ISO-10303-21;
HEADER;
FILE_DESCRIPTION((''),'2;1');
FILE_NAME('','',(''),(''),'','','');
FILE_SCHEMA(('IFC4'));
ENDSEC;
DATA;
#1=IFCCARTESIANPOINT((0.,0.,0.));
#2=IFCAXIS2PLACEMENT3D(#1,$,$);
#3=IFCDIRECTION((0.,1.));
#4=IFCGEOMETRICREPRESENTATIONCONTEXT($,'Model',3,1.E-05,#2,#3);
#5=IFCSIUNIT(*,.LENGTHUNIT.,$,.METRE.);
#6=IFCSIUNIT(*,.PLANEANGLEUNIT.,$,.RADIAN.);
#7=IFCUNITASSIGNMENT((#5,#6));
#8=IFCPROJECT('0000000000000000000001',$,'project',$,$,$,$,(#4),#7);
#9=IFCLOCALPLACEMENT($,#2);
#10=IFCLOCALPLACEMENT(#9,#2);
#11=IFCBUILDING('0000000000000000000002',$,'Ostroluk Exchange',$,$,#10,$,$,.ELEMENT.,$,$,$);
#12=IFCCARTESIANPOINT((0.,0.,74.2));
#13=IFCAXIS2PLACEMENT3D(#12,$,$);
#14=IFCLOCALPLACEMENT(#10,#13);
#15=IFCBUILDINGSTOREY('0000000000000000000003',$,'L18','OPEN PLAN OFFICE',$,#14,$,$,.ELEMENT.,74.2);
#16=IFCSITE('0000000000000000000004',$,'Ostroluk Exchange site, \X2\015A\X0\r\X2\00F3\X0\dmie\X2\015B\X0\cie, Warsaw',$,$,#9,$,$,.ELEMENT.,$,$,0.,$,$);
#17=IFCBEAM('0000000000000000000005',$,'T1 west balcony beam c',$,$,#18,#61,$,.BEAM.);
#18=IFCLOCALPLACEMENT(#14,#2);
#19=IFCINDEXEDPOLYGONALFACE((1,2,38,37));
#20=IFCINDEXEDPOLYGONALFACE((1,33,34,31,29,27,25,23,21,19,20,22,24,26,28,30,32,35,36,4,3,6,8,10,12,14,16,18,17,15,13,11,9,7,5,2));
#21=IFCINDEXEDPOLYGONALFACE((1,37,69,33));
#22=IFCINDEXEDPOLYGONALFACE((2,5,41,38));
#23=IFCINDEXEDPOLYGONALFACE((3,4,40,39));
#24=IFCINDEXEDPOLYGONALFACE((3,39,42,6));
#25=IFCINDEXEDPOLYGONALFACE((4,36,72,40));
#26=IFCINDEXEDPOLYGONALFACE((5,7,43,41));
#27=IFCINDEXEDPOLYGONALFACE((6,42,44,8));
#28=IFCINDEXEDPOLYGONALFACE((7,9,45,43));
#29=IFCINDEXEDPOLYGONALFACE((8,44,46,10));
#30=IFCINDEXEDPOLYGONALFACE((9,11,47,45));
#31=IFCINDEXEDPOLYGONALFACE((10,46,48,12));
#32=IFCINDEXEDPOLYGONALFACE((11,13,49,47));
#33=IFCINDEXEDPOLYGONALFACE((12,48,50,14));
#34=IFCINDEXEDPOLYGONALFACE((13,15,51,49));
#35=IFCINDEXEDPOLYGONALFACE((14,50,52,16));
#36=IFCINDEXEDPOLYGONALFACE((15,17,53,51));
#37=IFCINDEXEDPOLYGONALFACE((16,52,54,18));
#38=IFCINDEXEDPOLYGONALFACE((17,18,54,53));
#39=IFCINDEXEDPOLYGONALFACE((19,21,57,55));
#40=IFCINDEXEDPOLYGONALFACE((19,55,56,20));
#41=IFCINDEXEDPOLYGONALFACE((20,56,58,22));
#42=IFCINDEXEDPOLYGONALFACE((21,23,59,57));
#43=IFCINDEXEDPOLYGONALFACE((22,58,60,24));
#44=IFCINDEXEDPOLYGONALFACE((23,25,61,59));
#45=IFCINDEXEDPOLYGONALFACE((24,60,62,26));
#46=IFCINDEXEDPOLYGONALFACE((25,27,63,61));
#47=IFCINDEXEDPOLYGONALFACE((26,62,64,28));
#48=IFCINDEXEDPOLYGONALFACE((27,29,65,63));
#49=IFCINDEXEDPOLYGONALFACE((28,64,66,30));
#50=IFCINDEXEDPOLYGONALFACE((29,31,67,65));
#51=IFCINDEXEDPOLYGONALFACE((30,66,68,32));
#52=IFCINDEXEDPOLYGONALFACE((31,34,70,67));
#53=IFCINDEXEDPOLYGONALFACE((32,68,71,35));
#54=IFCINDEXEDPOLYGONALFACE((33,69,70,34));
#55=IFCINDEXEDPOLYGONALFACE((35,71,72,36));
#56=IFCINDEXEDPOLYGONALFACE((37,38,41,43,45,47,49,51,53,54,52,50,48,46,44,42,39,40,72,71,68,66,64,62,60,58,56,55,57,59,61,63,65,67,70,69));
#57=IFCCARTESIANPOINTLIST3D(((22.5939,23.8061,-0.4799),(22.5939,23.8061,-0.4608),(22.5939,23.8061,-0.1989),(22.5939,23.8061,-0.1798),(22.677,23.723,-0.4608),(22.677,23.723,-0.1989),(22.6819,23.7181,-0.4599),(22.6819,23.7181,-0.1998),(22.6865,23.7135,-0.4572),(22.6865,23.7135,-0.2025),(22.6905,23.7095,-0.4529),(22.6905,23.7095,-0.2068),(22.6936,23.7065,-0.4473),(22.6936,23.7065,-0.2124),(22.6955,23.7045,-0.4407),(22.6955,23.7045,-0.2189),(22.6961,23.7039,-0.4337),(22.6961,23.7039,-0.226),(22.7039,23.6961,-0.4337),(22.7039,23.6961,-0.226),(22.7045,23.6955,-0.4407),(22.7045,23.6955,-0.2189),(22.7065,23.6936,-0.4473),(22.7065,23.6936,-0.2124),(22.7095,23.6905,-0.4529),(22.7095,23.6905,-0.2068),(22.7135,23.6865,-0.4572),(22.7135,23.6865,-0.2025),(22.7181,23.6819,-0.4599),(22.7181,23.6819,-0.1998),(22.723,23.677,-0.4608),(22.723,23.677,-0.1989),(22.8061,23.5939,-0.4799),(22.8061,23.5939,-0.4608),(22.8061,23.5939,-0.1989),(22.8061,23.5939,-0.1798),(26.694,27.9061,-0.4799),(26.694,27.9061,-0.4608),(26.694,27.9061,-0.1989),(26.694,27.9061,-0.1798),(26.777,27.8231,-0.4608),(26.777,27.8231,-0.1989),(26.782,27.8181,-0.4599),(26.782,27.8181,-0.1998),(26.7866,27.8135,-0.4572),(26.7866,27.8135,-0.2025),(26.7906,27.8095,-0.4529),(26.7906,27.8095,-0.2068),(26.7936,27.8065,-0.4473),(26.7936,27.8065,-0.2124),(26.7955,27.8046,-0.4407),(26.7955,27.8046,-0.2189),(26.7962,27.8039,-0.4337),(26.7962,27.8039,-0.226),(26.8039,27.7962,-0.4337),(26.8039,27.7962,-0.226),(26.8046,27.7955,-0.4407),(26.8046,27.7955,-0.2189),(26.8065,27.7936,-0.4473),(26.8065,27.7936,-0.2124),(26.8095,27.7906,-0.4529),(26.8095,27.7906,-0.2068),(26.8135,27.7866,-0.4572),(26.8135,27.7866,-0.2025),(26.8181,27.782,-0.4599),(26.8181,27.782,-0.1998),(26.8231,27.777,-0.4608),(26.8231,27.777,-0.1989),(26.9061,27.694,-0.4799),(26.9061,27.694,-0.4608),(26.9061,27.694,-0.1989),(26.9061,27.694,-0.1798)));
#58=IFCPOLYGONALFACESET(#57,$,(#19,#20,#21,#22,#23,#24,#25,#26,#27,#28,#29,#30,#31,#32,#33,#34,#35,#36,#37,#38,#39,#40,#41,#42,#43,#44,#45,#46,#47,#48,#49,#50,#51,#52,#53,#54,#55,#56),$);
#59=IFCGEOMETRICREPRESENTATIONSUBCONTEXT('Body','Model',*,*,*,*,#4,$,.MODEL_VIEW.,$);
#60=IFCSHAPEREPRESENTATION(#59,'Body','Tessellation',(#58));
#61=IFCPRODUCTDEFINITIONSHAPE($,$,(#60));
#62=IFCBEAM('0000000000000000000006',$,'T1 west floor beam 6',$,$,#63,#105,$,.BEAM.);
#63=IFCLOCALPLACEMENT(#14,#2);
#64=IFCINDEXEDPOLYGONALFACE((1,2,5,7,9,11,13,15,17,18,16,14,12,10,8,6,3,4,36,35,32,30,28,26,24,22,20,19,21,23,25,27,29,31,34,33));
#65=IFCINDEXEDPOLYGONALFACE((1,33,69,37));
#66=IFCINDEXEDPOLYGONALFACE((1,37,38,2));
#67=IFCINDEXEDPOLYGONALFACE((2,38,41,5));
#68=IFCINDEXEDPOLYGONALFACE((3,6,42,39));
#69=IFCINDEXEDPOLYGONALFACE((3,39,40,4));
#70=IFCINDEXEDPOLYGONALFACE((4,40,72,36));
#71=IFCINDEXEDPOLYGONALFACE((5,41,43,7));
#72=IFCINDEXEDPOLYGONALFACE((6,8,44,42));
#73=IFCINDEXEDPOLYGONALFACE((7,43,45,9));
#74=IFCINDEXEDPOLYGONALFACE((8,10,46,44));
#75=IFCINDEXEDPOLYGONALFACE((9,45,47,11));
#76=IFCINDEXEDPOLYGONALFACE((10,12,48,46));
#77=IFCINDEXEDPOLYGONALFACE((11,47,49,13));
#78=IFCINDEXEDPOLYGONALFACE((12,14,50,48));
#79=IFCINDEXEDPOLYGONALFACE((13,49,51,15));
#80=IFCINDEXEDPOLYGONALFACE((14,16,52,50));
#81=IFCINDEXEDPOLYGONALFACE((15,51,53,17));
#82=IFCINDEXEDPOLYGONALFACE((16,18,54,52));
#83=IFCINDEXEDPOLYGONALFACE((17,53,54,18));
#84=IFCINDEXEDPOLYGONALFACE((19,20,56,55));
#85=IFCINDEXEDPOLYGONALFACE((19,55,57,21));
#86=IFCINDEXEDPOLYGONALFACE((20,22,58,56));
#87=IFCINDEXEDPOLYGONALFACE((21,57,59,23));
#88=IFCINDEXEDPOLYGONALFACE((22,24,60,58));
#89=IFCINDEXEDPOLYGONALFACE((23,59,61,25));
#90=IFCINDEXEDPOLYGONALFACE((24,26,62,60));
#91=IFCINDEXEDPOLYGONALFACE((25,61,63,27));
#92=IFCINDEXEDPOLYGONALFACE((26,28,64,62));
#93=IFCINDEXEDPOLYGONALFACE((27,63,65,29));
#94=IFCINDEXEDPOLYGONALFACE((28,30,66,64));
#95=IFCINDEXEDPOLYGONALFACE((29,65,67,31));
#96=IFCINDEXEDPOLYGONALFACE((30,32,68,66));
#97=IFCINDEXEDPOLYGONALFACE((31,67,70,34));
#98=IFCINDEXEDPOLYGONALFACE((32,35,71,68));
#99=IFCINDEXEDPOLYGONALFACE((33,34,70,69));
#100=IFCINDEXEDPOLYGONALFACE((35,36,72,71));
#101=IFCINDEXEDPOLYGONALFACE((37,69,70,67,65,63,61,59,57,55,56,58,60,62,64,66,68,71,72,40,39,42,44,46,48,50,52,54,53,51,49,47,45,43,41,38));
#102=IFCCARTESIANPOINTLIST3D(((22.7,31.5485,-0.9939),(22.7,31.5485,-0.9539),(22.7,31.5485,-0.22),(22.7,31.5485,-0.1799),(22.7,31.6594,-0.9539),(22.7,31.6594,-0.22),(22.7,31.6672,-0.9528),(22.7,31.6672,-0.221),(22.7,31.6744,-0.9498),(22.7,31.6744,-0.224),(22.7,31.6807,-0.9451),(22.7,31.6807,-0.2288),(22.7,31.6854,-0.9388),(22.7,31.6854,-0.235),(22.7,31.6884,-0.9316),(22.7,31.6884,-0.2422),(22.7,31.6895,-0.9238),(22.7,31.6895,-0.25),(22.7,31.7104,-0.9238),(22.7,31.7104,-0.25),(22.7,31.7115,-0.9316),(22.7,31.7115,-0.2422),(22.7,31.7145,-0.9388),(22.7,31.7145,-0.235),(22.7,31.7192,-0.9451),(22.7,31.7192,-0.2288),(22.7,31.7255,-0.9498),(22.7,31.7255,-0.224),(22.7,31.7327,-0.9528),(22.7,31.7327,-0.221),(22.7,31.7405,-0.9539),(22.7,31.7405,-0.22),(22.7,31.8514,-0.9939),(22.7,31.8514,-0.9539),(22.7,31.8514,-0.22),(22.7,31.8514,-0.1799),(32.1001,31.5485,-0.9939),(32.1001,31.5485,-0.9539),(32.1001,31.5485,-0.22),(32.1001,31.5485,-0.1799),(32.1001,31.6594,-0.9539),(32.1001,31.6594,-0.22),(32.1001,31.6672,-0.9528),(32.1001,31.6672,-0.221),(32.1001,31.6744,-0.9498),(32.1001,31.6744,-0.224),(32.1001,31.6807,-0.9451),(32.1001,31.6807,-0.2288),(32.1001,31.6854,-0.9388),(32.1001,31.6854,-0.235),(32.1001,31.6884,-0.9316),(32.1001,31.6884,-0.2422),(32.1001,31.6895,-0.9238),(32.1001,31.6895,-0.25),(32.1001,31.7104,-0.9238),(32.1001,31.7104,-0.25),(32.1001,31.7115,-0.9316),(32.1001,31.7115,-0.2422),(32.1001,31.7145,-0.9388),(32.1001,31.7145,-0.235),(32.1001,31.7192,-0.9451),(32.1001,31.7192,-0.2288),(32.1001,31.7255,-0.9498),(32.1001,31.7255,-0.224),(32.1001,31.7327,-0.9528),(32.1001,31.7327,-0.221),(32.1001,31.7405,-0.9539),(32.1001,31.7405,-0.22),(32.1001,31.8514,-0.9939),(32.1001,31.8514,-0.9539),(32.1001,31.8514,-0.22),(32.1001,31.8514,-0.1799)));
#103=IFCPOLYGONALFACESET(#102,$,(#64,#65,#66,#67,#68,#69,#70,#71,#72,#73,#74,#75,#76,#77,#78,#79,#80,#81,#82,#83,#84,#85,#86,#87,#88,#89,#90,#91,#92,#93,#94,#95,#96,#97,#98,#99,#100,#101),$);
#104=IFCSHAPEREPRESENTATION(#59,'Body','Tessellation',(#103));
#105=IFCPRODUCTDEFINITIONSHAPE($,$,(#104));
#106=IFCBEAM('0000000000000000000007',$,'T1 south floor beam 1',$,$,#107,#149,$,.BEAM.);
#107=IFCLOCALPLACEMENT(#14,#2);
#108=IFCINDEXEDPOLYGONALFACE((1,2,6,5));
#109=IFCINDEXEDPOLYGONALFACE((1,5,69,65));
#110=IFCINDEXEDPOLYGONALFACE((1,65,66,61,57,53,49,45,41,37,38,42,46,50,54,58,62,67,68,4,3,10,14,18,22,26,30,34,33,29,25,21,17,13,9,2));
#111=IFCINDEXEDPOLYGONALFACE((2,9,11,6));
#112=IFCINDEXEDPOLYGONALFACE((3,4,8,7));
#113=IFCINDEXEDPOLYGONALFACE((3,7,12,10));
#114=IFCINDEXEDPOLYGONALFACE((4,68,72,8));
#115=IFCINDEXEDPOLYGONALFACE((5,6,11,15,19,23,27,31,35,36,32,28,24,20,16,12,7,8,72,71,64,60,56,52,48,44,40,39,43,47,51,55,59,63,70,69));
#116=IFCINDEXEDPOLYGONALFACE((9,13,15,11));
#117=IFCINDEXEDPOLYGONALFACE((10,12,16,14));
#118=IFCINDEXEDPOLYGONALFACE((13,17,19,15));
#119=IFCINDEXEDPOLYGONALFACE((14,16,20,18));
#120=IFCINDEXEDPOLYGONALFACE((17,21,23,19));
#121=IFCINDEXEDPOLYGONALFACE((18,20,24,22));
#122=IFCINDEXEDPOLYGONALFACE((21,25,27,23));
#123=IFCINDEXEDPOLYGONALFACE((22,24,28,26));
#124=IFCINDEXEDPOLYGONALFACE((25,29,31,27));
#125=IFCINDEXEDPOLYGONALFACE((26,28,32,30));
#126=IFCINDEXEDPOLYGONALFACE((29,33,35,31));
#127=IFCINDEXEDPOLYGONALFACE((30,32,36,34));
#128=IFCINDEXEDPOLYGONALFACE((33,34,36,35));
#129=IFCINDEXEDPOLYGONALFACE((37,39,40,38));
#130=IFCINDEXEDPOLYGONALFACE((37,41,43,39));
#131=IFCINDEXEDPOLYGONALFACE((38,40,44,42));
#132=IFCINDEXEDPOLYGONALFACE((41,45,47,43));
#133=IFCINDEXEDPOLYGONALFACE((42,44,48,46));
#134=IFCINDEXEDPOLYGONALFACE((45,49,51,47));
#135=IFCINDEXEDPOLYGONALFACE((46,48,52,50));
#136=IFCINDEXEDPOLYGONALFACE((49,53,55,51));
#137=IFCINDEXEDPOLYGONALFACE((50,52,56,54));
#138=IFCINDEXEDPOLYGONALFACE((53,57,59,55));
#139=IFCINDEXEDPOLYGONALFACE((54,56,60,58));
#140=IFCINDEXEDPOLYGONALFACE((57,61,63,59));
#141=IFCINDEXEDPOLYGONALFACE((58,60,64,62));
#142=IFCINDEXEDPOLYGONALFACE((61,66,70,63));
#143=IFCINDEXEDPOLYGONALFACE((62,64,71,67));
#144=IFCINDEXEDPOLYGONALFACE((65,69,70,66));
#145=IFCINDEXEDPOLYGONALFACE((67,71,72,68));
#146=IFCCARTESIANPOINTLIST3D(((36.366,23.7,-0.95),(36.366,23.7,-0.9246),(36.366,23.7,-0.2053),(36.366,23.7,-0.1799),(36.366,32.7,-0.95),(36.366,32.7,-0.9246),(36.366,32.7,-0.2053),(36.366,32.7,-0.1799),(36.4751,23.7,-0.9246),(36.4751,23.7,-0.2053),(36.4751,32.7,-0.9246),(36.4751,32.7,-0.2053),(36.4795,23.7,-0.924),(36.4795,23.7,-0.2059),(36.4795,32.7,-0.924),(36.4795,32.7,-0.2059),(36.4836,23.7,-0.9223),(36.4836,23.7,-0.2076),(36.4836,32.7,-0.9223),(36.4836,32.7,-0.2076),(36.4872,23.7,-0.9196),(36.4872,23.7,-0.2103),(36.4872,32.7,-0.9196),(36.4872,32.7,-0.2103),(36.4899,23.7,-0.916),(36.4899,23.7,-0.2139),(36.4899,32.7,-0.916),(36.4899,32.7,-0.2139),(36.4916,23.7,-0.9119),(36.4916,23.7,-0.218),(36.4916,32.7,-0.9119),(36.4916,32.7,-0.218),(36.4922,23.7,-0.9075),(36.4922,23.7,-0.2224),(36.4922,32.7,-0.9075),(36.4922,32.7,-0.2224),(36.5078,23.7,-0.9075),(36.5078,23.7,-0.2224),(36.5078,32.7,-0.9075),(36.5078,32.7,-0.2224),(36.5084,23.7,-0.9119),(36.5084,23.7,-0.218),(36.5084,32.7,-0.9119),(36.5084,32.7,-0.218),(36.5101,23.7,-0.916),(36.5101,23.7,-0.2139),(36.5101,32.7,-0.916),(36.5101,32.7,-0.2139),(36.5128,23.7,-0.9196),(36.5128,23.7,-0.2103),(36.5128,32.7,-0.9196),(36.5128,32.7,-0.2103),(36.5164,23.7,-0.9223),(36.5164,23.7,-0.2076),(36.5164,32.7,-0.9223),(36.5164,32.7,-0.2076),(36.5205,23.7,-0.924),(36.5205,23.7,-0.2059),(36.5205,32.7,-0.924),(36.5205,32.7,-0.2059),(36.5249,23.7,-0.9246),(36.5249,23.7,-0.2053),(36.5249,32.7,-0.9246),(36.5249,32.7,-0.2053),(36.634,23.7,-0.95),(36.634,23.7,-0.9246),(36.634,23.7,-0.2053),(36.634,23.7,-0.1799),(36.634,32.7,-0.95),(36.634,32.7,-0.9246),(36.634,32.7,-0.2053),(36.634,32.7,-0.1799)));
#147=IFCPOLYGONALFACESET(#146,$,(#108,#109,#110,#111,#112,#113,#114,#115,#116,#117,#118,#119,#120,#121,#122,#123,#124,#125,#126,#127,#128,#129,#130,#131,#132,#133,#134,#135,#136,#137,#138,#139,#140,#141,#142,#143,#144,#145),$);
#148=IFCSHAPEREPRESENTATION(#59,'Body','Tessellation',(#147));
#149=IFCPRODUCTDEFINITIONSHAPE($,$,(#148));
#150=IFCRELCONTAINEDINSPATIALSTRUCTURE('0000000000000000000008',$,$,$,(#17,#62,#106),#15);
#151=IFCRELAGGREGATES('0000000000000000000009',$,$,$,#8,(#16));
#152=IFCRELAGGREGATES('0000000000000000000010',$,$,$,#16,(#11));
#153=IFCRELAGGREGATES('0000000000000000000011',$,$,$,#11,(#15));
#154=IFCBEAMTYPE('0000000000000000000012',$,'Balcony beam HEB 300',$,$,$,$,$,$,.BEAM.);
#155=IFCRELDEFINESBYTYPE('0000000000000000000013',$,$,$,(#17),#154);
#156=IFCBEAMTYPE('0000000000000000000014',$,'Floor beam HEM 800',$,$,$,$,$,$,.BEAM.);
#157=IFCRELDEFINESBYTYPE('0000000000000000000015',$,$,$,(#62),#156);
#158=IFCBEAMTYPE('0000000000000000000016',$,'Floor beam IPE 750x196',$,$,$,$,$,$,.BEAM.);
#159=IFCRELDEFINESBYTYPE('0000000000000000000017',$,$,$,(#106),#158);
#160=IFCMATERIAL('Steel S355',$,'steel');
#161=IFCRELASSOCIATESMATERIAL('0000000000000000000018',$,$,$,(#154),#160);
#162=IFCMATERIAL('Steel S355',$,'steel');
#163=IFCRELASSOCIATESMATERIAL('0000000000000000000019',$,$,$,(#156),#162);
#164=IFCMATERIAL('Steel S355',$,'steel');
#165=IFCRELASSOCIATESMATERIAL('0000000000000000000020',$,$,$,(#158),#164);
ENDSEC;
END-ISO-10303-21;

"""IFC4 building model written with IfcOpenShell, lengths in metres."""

from ifc_helpers import new_model, si_unit, direction, frame, origin, origin_2d, place, context, subcontext, project, spatial, i_section, extrude, material, material_profile, profile_set, type_object, element, save


model = new_model("IFC4")

# Units and contexts
model_context = context("Model", 3, precision=1e-05, world=origin(), true_north=direction((0.0, 1.0)))
body_context = subcontext(model_context, "Body", "Model", "MODEL_VIEW")
ifc_project = project(units=[si_unit("LENGTHUNIT", "METRE"), si_unit("PLANEANGLEUNIT", "RADIAN")], contexts=[model_context])

# Site, building, storey
site_placement = place(None, origin())
site = spatial("IfcSite", under=ifc_project, at=site_placement, Name="Ostroluk Exchange site, Śródmieście, Warsaw", CompositionType="ELEMENT", RefElevation=0.0)
building_placement = place(site_placement, origin())
building = spatial("IfcBuilding", under=site, at=building_placement, Name="Ostroluk Exchange", CompositionType="ELEMENT")
storey_placement = place(building_placement, frame((0.0, 0.0, 74.2)))
storey = spatial("IfcBuildingStorey", under=building, at=storey_placement, Name="L18", Description="OPEN PLAN OFFICE", CompositionType="ELEMENT", Elevation=74.2)

# Beams
ifc_material_1 = material(Name="Steel S355", Category="steel")
ifc_material_profile_1 = material_profile(ifc_material_1, i_section(OverallWidth=0.3, OverallDepth=0.3, WebThickness=0.011, FlangeThickness=0.019, FilletRadius=0.0271, at=origin_2d()), Name="HEB 300")
ifc_profile_set_1 = profile_set([ifc_material_profile_1], Name="Steel S355")
beam_type_1 = type_object("IfcBeamType", Name="Balcony beam HEB 300", PredefinedType="BEAM", material=ifc_profile_set_1)
beam_1_placement = place(storey_placement, frame((26.8, 27.8, -0.3298), z_axis=(-0.707107, -0.707107, 0.0), x_axis=(0.707107, -0.707107, 0.0)))
element("IfcBeam", 1, at=beam_1_placement, inside=storey, type_object=beam_type_1, Name="T1 west balcony beam c", PredefinedType="BEAM", context=body_context, shape_type="SweptSolid", body=[
    extrude(i_section(OverallWidth=0.3, OverallDepth=0.3, WebThickness=0.011, FlangeThickness=0.019, FilletRadius=0.0271, at=origin_2d()), origin(), (0.0, 0.0, 1.0), 5.7983),
])
ifc_material_2 = material(Name="Steel S355", Category="steel")
ifc_material_profile_2 = material_profile(ifc_material_2, i_section(OverallWidth=0.303, OverallDepth=0.814, WebThickness=0.021, FlangeThickness=0.04, FilletRadius=0.03, at=origin_2d()), Name="HEM 800")
ifc_profile_set_2 = profile_set([ifc_material_profile_2], Name="Steel S355")
beam_type_2 = type_object("IfcBeamType", Name="Floor beam HEM 800", PredefinedType="BEAM", material=ifc_profile_set_2)
beam_2_placement = place(storey_placement, frame((32.1001, 31.7, -0.5869), z_axis=(-1.0, 0.0, 0.0), x_axis=(0.0, -1.0, 0.0)))
element("IfcBeam", 2, at=beam_2_placement, inside=storey, type_object=beam_type_2, Name="T1 west floor beam 6", PredefinedType="BEAM", context=body_context, shape_type="SweptSolid", body=[
    extrude(i_section(OverallWidth=0.303, OverallDepth=0.814, WebThickness=0.021, FlangeThickness=0.04, FilletRadius=0.03, at=origin_2d()), origin(), (0.0, 0.0, 1.0), 9.4001),
])
ifc_material_3 = material(Name="Steel S355", Category="steel")
ifc_material_profile_3 = material_profile(ifc_material_3, i_section(OverallWidth=0.2681, OverallDepth=0.77, WebThickness=0.0156, FlangeThickness=0.0254, FilletRadius=0.0171, at=origin_2d()), Name="IPE 750x196")
ifc_profile_set_3 = profile_set([ifc_material_profile_3], Name="Steel S355")
beam_type_3 = type_object("IfcBeamType", Name="Floor beam IPE 750x196", PredefinedType="BEAM", material=ifc_profile_set_3)
beam_3_placement = place(storey_placement, frame((36.5, 32.7, -0.5649), z_axis=(0.0, -1.0, 0.0), x_axis=(1.0, 0.0, 0.0)))
element("IfcBeam", 3, at=beam_3_placement, inside=storey, type_object=beam_type_3, Name="T1 south floor beam 1", PredefinedType="BEAM", context=body_context, shape_type="SweptSolid", body=[
    extrude(i_section(OverallWidth=0.2681, OverallDepth=0.77, WebThickness=0.0156, FlangeThickness=0.0254, FilletRadius=0.0171, at=origin_2d()), origin(), (0.0, 0.0, 1.0), 9.0),
])

save(model, "model.ifc")
